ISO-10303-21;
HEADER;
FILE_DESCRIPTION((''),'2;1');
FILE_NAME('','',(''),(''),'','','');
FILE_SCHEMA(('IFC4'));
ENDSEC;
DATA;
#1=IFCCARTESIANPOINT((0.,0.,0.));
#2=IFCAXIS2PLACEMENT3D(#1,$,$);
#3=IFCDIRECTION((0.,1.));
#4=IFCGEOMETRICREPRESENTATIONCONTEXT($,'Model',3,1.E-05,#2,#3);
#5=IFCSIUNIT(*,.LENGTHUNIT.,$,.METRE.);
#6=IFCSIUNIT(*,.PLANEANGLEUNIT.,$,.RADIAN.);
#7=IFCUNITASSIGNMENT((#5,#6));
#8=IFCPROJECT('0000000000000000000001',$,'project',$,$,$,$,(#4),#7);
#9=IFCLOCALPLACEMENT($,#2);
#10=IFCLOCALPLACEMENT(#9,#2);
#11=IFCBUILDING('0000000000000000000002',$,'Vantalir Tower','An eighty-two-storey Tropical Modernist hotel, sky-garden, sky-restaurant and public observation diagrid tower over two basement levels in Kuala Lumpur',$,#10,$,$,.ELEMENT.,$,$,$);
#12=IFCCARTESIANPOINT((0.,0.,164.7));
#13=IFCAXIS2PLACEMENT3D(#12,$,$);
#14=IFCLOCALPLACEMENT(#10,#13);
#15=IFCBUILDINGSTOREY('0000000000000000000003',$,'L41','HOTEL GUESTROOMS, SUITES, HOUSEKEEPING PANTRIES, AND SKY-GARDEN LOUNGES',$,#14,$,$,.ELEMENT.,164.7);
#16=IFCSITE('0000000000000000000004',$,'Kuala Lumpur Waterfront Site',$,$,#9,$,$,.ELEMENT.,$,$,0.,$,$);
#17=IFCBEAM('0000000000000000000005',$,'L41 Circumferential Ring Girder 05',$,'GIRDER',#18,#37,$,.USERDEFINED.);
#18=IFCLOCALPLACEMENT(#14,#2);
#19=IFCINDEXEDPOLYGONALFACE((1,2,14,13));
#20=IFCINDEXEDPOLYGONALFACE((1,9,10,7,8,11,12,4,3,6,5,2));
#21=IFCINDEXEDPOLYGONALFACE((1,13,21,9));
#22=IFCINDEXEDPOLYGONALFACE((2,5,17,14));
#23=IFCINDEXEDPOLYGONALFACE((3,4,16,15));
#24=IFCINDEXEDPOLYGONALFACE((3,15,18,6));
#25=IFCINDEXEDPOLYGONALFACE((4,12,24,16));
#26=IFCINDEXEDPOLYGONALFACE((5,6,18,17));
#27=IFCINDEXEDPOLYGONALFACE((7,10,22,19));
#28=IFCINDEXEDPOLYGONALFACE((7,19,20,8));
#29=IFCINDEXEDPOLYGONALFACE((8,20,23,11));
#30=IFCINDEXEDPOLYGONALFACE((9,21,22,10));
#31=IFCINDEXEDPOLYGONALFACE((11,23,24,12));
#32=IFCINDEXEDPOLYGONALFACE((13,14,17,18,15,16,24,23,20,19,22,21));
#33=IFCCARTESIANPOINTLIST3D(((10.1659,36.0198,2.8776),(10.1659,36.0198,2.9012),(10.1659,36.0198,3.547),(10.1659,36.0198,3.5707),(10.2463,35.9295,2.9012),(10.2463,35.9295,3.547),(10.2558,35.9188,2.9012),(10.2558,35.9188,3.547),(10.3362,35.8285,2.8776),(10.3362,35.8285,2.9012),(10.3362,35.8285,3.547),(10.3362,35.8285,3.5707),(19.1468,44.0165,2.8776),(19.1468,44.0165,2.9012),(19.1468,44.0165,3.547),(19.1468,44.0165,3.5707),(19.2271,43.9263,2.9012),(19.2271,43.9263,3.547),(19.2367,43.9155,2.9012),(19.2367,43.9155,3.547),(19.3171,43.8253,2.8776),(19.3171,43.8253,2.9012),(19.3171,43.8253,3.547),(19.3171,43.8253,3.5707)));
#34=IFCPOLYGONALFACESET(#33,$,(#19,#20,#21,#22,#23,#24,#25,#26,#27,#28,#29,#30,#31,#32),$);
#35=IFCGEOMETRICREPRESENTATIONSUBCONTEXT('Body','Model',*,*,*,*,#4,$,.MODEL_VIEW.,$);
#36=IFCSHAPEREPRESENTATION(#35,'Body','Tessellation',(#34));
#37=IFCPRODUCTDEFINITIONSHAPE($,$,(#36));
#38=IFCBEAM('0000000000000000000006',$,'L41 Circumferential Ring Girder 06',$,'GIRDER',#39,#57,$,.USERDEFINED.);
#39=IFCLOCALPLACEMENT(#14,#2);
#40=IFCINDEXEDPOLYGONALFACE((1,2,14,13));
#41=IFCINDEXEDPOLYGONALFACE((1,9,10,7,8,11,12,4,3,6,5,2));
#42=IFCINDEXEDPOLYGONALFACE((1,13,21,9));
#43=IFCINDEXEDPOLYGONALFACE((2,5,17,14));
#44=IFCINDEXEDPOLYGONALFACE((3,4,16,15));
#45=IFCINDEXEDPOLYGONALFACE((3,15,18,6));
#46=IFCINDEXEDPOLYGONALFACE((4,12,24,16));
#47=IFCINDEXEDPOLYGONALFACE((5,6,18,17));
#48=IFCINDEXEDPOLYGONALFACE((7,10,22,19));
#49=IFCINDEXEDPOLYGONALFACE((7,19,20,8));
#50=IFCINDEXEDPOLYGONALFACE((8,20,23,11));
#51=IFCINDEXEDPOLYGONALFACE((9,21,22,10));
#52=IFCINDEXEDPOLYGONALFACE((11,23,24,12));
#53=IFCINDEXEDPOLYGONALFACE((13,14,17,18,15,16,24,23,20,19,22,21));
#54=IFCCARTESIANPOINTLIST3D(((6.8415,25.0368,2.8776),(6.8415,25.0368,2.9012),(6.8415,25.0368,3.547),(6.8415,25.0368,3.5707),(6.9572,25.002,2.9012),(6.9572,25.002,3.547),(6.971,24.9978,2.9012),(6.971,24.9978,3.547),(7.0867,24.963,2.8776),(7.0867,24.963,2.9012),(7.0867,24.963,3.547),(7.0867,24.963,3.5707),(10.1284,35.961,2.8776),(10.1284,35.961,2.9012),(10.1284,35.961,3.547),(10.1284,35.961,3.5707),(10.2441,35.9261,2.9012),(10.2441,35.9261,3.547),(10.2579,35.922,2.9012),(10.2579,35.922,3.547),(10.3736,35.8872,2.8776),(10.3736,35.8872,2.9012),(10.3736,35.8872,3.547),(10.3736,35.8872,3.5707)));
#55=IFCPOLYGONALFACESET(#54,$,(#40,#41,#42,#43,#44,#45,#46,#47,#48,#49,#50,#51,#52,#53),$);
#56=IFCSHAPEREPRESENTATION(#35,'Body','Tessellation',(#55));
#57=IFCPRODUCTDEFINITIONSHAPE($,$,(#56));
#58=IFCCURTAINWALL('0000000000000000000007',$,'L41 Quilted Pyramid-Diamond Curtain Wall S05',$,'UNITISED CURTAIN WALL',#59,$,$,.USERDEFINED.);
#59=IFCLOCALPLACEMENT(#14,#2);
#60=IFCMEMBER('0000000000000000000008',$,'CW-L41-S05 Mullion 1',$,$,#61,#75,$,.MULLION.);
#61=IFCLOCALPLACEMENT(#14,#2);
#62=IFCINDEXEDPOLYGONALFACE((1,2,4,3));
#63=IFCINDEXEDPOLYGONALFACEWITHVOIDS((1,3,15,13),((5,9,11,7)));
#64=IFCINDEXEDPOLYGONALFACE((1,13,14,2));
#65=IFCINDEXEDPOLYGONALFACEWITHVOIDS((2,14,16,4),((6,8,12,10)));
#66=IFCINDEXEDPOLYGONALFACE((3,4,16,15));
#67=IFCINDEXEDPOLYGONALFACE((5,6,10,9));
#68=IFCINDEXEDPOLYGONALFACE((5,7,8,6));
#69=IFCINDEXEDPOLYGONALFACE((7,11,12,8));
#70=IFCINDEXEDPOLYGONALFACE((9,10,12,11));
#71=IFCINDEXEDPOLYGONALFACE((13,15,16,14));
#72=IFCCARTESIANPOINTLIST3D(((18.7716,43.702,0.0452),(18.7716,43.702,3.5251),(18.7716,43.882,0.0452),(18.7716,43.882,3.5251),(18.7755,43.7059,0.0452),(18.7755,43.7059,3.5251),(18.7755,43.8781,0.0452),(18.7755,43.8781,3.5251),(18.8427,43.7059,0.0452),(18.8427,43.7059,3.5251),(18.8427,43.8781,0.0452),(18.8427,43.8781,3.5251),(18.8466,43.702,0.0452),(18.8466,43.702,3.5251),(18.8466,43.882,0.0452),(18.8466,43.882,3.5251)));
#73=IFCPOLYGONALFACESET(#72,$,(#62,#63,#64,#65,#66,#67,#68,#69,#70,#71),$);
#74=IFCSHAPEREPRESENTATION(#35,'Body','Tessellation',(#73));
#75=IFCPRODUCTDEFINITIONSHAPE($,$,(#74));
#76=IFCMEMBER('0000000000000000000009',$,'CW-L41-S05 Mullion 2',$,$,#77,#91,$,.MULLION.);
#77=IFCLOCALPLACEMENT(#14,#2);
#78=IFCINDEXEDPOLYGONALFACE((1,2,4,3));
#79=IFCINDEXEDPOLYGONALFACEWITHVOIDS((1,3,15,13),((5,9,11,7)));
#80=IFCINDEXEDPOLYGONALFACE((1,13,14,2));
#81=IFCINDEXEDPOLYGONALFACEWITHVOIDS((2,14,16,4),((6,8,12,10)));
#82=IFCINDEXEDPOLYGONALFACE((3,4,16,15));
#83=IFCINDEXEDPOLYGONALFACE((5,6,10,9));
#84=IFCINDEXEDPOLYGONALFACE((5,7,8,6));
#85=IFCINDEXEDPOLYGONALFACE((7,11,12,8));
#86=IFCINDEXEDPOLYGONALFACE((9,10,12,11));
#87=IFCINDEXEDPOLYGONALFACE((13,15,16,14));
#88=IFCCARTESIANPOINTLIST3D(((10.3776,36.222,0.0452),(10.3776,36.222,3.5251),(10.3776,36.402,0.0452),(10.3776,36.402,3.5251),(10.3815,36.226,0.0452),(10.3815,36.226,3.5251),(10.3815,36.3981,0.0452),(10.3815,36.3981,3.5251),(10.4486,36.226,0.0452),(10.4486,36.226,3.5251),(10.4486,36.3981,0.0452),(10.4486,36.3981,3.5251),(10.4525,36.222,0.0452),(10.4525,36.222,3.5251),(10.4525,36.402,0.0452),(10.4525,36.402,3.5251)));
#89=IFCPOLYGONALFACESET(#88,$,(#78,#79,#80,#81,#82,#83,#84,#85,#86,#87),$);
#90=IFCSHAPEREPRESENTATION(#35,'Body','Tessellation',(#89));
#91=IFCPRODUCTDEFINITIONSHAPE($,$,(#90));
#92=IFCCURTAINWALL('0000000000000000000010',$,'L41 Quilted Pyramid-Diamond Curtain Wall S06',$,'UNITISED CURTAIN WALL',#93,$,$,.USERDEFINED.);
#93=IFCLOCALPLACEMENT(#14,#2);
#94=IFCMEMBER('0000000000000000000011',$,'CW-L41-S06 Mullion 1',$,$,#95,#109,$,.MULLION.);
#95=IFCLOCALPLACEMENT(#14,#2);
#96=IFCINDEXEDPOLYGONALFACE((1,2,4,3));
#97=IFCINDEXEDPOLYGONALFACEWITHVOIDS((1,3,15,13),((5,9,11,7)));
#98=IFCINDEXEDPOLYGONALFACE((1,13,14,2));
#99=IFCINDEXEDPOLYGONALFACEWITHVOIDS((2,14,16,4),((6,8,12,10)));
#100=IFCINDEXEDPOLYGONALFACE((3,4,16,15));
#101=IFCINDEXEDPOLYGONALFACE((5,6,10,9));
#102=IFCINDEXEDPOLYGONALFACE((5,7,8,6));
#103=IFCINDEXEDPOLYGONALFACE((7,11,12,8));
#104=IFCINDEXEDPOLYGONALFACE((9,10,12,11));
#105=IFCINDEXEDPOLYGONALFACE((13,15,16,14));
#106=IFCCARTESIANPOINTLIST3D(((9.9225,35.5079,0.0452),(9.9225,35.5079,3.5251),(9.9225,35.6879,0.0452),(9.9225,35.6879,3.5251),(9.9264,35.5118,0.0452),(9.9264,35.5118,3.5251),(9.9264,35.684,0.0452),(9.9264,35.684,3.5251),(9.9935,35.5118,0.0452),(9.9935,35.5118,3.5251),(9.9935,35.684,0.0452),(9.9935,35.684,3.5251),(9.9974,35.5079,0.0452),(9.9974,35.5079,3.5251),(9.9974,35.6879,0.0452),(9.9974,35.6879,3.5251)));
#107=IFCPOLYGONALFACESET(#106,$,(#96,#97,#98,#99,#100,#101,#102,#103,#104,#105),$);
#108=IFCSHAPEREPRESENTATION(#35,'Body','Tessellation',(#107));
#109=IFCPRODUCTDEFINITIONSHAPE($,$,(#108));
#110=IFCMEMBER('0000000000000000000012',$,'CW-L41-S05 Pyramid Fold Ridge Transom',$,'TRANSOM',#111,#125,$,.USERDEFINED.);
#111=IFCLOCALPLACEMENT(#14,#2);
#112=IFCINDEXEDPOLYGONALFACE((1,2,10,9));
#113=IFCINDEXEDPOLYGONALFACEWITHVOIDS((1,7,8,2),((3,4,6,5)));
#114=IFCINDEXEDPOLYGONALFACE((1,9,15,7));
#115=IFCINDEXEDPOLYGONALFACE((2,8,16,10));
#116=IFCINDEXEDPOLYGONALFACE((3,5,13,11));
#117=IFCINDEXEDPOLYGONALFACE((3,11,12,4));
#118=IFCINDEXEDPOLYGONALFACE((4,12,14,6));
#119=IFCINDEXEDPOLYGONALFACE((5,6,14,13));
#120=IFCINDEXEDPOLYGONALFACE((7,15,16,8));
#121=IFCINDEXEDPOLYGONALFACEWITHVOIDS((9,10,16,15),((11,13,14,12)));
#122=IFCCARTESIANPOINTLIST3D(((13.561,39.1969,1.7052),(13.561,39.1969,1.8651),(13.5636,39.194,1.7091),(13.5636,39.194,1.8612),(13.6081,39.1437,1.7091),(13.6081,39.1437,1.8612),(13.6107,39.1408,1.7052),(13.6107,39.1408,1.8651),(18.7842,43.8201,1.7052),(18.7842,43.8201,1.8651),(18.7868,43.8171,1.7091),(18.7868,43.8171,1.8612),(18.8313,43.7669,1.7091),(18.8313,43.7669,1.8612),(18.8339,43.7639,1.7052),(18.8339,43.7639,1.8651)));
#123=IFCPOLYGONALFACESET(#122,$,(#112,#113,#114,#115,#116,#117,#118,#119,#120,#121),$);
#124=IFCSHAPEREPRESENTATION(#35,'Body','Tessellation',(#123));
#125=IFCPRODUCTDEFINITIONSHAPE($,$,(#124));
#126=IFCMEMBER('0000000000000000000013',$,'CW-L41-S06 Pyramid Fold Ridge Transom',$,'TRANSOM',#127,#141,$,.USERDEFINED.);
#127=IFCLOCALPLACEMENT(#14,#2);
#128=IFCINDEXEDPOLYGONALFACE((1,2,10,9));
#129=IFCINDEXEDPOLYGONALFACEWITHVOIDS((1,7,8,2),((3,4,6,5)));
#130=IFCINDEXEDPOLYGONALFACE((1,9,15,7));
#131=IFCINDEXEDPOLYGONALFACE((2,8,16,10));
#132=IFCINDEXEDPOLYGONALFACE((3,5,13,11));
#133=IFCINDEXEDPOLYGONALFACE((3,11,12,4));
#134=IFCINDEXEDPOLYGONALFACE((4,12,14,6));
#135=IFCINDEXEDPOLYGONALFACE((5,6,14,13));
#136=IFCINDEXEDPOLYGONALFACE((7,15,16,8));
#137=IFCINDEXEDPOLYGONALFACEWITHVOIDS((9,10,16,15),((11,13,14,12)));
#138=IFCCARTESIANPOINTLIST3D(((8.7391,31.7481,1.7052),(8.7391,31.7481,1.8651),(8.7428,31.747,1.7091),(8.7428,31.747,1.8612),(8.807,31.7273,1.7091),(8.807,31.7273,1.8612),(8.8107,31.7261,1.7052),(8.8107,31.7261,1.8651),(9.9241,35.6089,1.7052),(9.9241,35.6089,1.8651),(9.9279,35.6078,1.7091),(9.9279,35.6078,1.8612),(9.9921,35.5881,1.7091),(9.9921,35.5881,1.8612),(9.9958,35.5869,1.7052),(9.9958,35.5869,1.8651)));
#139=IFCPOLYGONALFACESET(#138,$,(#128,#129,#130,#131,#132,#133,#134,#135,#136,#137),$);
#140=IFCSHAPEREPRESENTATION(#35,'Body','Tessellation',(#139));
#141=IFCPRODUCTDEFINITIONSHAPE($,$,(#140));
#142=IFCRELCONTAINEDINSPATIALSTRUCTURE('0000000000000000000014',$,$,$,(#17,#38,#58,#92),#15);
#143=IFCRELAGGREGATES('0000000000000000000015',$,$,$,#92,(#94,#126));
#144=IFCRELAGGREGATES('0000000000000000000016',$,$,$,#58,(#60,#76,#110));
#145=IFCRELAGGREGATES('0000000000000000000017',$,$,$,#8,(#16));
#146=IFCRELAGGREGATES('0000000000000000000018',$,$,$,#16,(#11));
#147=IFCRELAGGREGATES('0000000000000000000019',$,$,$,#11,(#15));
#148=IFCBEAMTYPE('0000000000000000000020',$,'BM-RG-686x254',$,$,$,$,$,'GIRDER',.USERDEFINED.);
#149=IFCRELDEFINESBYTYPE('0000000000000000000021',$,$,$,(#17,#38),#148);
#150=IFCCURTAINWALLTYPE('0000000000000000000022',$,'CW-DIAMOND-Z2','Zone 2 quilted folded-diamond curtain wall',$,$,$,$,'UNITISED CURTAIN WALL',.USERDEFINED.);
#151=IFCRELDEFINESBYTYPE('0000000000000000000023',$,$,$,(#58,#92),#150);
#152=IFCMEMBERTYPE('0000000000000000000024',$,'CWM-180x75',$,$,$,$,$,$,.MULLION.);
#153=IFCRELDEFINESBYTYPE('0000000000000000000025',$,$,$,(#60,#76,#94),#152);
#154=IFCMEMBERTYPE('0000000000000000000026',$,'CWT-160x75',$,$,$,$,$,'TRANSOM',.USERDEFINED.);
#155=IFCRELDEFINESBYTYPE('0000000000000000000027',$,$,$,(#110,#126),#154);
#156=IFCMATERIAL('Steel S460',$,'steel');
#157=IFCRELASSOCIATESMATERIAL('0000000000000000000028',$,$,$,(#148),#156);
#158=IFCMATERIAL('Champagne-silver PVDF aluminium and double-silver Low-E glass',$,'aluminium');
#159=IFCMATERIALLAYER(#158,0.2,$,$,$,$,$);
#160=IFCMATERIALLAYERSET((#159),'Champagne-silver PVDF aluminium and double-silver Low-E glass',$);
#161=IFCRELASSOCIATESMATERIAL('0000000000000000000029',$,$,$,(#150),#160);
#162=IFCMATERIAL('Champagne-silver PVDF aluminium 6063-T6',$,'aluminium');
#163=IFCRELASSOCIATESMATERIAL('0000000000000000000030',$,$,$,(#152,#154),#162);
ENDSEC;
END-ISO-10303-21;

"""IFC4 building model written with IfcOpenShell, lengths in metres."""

from ifc_helpers import new_model, si_unit, direction, frame, origin, origin_2d, place, context, subcontext, project, spatial, hollow_rectangle, i_section, extrude, material, layer, layer_set, material_profile, profile_set, type_object, element, aggregate, save


model = new_model("IFC4")

# Units and contexts
model_context = context("Model", 3, precision=1e-05, world=origin(), true_north=direction((0.0, 1.0)))
body_context = subcontext(model_context, "Body", "Model", "MODEL_VIEW")
ifc_project = project(units=[si_unit("LENGTHUNIT", "METRE"), si_unit("PLANEANGLEUNIT", "RADIAN")], contexts=[model_context])

# Site, building, storey
site_placement = place(None, origin())
site = spatial("IfcSite", under=ifc_project, at=site_placement, Name="Kuala Lumpur Waterfront Site", CompositionType="ELEMENT", RefElevation=0.0)
building_placement = place(site_placement, origin())
building = spatial("IfcBuilding", under=site, at=building_placement, Name="Vantalir Tower", Description="An eighty-two-storey Tropical Modernist hotel, sky-garden, sky-restaurant and public observation diagrid tower over two basement levels in Kuala Lumpur", CompositionType="ELEMENT")
storey_placement = place(building_placement, frame((0.0, 0.0, 164.7)))
storey = spatial("IfcBuildingStorey", under=building, at=storey_placement, Name="L41", Description="HOTEL GUESTROOMS, SUITES, HOUSEKEEPING PANTRIES, AND SKY-GARDEN LOUNGES", CompositionType="ELEMENT", Elevation=164.7)

# Shared definitions
ifc_material_1 = material(Name="Steel S460", Category="steel")

# Beams
ifc_material_profile_1 = material_profile(ifc_material_1, i_section(OverallWidth=0.2561, OverallDepth=0.6931, WebThickness=0.0144, FlangeThickness=0.0237, at=origin_2d()), Name="Steel S460")
ifc_profile_set_1 = profile_set([ifc_material_profile_1], Name="Steel S460")
beam_type_1 = type_object("IfcBeamType", Name="BM-RG-686x254", ElementType="GIRDER", PredefinedType="USERDEFINED", material=ifc_profile_set_1)
beam_1_placement = place(storey_placement, frame((19.2319, 43.9209, 3.2241), z_axis=(-0.746841, -0.665002, 0.0), x_axis=(0.665002, -0.746841, 0.0)))
element("IfcBeam", 1, at=beam_1_placement, inside=storey, type_object=beam_type_1, Name="L41 Circumferential Ring Girder 05", ObjectType="GIRDER", PredefinedType="USERDEFINED", context=body_context, shape_type="SweptSolid", body=[
    extrude(i_section(OverallWidth=0.2561, OverallDepth=0.6931, WebThickness=0.0144, FlangeThickness=0.0237, at=origin_2d()), origin(), (0.0, 0.0, 1.0), 12.0251),
])
beam_2_placement = place(storey_placement, frame((10.251, 35.9241, 3.2241), z_axis=(-0.288123, -0.957593, 0.0), x_axis=(0.957593, -0.288123, 0.0)))
element("IfcBeam", 2, at=beam_2_placement, inside=storey, type_object=beam_type_1, Name="L41 Circumferential Ring Girder 06", ObjectType="GIRDER", PredefinedType="USERDEFINED", context=body_context, shape_type="SweptSolid", body=[
    extrude(i_section(OverallWidth=0.2561, OverallDepth=0.6931, WebThickness=0.0144, FlangeThickness=0.0237, at=origin_2d()), origin(), (0.0, 0.0, 1.0), 11.408),
])

# Curtain wall, members
ifc_material_2 = material(Name="Champagne-silver PVDF aluminium and double-silver Low-E glass", Category="aluminium")
ifc_layer_1 = layer(ifc_material_2, 0.2)
ifc_layer_set_1 = layer_set([ifc_layer_1], Name="Champagne-silver PVDF aluminium and double-silver Low-E glass")
curtain_wall_type = type_object("IfcCurtainWallType", Name="CW-DIAMOND-Z2", Description="Zone 2 quilted folded-diamond curtain wall", ElementType="UNITISED CURTAIN WALL", PredefinedType="USERDEFINED", material=ifc_layer_set_1)
curtain_wall_1_placement = place(storey_placement, origin())
curtain_wall_1 = element("IfcCurtainWall", 3, at=curtain_wall_1_placement, inside=storey, type_object=curtain_wall_type, Name="L41 Quilted Pyramid-Diamond Curtain Wall S05", ObjectType="UNITISED CURTAIN WALL", PredefinedType="USERDEFINED")
ifc_material_3 = material(Name="Champagne-silver PVDF aluminium 6063-T6", Category="aluminium")
ifc_material_profile_2 = material_profile(ifc_material_3, hollow_rectangle(XDim=0.075, YDim=0.1799, WallThickness=0.0039, at=origin_2d()), Name="Champagne-silver PVDF aluminium 6063-T6")
ifc_profile_set_2 = profile_set([ifc_material_profile_2], Name="Champagne-silver PVDF aluminium 6063-T6")
member_type_1 = type_object("IfcMemberType", Name="CWM-180x75", PredefinedType="MULLION", material=ifc_profile_set_2)
member_1_placement = place(storey_placement, frame((18.8091, 43.792, 0.0452), z_axis=(0.0, 0.0, 1.0), x_axis=(1.0, 0.0, 0.0)))
member_1 = element("IfcMember", 4, at=member_1_placement, type_object=member_type_1, Name="CW-L41-S05 Mullion 1", PredefinedType="MULLION", context=body_context, shape_type="SweptSolid", body=[
    extrude(hollow_rectangle(XDim=0.075, YDim=0.1799, WallThickness=0.0039, at=origin_2d()), origin(), (0.0, 0.0, 1.0), 3.48),
])
member_2_placement = place(storey_placement, frame((10.415, 36.312, 0.0452), z_axis=(0.0, 0.0, 1.0), x_axis=(1.0, 0.0, 0.0)))
member_2 = element("IfcMember", 5, at=member_2_placement, type_object=member_type_1, Name="CW-L41-S05 Mullion 2", PredefinedType="MULLION", context=body_context, shape_type="SweptSolid", body=[
    extrude(hollow_rectangle(XDim=0.075, YDim=0.1799, WallThickness=0.0039, at=origin_2d()), origin(), (0.0, 0.0, 1.0), 3.48),
])

# Curtain wall, member
curtain_wall_2_placement = place(storey_placement, origin())
curtain_wall_2 = element("IfcCurtainWall", 6, at=curtain_wall_2_placement, inside=storey, type_object=curtain_wall_type, Name="L41 Quilted Pyramid-Diamond Curtain Wall S06", ObjectType="UNITISED CURTAIN WALL", PredefinedType="USERDEFINED")
member_3_placement = place(storey_placement, frame((9.96, 35.5979, 0.0452), z_axis=(0.0, 0.0, 1.0), x_axis=(1.0, 0.0, 0.0)))
member_3 = element("IfcMember", 7, at=member_3_placement, type_object=member_type_1, Name="CW-L41-S06 Mullion 1", PredefinedType="MULLION", context=body_context, shape_type="SweptSolid", body=[
    extrude(hollow_rectangle(XDim=0.075, YDim=0.1799, WallThickness=0.0039, at=origin_2d()), origin(), (0.0, 0.0, 1.0), 3.48),
])

# Members
ifc_material_profile_3 = material_profile(ifc_material_3, hollow_rectangle(XDim=0.075, YDim=0.1599, WallThickness=0.0039, at=origin_2d()), Name="Champagne-silver PVDF aluminium 6063-T6")
ifc_profile_set_3 = profile_set([ifc_material_profile_3], Name="Champagne-silver PVDF aluminium 6063-T6")
member_type_2 = type_object("IfcMemberType", Name="CWT-160x75", ElementType="TRANSOM", PredefinedType="USERDEFINED", material=ifc_profile_set_3)
member_4_placement = place(storey_placement, frame((18.8091, 43.792, 1.7852), z_axis=(-0.748813, -0.662781, 0.0), x_axis=(0.662781, -0.748813, 0.0)))
member_4 = element("IfcMember", 8, at=member_4_placement, type_object=member_type_2, Name="CW-L41-S05 Pyramid Fold Ridge Transom", ObjectType="TRANSOM", PredefinedType="USERDEFINED", context=body_context, shape_type="SweptSolid", body=[
    extrude(hollow_rectangle(XDim=0.075, YDim=0.1599, WallThickness=0.0039, at=origin_2d()), origin(), (0.0, 0.0, 1.0), 6.9753),
])
member_5_placement = place(storey_placement, frame((9.96, 35.5979, 1.7852), z_axis=(-0.293432, -0.95598, 0.0), x_axis=(0.95598, -0.293432, 0.0)))
member_5 = element("IfcMember", 9, at=member_5_placement, type_object=member_type_2, Name="CW-L41-S06 Pyramid Fold Ridge Transom", ObjectType="TRANSOM", PredefinedType="USERDEFINED", context=body_context, shape_type="SweptSolid", body=[
    extrude(hollow_rectangle(XDim=0.075, YDim=0.1599, WallThickness=0.0039, at=origin_2d()), origin(), (0.0, 0.0, 1.0), 4.0386),
])
aggregate(curtain_wall_2, [member_3, member_5])

aggregate(curtain_wall_1, [member_1, member_2, member_4])

save(model, "model.ifc")
